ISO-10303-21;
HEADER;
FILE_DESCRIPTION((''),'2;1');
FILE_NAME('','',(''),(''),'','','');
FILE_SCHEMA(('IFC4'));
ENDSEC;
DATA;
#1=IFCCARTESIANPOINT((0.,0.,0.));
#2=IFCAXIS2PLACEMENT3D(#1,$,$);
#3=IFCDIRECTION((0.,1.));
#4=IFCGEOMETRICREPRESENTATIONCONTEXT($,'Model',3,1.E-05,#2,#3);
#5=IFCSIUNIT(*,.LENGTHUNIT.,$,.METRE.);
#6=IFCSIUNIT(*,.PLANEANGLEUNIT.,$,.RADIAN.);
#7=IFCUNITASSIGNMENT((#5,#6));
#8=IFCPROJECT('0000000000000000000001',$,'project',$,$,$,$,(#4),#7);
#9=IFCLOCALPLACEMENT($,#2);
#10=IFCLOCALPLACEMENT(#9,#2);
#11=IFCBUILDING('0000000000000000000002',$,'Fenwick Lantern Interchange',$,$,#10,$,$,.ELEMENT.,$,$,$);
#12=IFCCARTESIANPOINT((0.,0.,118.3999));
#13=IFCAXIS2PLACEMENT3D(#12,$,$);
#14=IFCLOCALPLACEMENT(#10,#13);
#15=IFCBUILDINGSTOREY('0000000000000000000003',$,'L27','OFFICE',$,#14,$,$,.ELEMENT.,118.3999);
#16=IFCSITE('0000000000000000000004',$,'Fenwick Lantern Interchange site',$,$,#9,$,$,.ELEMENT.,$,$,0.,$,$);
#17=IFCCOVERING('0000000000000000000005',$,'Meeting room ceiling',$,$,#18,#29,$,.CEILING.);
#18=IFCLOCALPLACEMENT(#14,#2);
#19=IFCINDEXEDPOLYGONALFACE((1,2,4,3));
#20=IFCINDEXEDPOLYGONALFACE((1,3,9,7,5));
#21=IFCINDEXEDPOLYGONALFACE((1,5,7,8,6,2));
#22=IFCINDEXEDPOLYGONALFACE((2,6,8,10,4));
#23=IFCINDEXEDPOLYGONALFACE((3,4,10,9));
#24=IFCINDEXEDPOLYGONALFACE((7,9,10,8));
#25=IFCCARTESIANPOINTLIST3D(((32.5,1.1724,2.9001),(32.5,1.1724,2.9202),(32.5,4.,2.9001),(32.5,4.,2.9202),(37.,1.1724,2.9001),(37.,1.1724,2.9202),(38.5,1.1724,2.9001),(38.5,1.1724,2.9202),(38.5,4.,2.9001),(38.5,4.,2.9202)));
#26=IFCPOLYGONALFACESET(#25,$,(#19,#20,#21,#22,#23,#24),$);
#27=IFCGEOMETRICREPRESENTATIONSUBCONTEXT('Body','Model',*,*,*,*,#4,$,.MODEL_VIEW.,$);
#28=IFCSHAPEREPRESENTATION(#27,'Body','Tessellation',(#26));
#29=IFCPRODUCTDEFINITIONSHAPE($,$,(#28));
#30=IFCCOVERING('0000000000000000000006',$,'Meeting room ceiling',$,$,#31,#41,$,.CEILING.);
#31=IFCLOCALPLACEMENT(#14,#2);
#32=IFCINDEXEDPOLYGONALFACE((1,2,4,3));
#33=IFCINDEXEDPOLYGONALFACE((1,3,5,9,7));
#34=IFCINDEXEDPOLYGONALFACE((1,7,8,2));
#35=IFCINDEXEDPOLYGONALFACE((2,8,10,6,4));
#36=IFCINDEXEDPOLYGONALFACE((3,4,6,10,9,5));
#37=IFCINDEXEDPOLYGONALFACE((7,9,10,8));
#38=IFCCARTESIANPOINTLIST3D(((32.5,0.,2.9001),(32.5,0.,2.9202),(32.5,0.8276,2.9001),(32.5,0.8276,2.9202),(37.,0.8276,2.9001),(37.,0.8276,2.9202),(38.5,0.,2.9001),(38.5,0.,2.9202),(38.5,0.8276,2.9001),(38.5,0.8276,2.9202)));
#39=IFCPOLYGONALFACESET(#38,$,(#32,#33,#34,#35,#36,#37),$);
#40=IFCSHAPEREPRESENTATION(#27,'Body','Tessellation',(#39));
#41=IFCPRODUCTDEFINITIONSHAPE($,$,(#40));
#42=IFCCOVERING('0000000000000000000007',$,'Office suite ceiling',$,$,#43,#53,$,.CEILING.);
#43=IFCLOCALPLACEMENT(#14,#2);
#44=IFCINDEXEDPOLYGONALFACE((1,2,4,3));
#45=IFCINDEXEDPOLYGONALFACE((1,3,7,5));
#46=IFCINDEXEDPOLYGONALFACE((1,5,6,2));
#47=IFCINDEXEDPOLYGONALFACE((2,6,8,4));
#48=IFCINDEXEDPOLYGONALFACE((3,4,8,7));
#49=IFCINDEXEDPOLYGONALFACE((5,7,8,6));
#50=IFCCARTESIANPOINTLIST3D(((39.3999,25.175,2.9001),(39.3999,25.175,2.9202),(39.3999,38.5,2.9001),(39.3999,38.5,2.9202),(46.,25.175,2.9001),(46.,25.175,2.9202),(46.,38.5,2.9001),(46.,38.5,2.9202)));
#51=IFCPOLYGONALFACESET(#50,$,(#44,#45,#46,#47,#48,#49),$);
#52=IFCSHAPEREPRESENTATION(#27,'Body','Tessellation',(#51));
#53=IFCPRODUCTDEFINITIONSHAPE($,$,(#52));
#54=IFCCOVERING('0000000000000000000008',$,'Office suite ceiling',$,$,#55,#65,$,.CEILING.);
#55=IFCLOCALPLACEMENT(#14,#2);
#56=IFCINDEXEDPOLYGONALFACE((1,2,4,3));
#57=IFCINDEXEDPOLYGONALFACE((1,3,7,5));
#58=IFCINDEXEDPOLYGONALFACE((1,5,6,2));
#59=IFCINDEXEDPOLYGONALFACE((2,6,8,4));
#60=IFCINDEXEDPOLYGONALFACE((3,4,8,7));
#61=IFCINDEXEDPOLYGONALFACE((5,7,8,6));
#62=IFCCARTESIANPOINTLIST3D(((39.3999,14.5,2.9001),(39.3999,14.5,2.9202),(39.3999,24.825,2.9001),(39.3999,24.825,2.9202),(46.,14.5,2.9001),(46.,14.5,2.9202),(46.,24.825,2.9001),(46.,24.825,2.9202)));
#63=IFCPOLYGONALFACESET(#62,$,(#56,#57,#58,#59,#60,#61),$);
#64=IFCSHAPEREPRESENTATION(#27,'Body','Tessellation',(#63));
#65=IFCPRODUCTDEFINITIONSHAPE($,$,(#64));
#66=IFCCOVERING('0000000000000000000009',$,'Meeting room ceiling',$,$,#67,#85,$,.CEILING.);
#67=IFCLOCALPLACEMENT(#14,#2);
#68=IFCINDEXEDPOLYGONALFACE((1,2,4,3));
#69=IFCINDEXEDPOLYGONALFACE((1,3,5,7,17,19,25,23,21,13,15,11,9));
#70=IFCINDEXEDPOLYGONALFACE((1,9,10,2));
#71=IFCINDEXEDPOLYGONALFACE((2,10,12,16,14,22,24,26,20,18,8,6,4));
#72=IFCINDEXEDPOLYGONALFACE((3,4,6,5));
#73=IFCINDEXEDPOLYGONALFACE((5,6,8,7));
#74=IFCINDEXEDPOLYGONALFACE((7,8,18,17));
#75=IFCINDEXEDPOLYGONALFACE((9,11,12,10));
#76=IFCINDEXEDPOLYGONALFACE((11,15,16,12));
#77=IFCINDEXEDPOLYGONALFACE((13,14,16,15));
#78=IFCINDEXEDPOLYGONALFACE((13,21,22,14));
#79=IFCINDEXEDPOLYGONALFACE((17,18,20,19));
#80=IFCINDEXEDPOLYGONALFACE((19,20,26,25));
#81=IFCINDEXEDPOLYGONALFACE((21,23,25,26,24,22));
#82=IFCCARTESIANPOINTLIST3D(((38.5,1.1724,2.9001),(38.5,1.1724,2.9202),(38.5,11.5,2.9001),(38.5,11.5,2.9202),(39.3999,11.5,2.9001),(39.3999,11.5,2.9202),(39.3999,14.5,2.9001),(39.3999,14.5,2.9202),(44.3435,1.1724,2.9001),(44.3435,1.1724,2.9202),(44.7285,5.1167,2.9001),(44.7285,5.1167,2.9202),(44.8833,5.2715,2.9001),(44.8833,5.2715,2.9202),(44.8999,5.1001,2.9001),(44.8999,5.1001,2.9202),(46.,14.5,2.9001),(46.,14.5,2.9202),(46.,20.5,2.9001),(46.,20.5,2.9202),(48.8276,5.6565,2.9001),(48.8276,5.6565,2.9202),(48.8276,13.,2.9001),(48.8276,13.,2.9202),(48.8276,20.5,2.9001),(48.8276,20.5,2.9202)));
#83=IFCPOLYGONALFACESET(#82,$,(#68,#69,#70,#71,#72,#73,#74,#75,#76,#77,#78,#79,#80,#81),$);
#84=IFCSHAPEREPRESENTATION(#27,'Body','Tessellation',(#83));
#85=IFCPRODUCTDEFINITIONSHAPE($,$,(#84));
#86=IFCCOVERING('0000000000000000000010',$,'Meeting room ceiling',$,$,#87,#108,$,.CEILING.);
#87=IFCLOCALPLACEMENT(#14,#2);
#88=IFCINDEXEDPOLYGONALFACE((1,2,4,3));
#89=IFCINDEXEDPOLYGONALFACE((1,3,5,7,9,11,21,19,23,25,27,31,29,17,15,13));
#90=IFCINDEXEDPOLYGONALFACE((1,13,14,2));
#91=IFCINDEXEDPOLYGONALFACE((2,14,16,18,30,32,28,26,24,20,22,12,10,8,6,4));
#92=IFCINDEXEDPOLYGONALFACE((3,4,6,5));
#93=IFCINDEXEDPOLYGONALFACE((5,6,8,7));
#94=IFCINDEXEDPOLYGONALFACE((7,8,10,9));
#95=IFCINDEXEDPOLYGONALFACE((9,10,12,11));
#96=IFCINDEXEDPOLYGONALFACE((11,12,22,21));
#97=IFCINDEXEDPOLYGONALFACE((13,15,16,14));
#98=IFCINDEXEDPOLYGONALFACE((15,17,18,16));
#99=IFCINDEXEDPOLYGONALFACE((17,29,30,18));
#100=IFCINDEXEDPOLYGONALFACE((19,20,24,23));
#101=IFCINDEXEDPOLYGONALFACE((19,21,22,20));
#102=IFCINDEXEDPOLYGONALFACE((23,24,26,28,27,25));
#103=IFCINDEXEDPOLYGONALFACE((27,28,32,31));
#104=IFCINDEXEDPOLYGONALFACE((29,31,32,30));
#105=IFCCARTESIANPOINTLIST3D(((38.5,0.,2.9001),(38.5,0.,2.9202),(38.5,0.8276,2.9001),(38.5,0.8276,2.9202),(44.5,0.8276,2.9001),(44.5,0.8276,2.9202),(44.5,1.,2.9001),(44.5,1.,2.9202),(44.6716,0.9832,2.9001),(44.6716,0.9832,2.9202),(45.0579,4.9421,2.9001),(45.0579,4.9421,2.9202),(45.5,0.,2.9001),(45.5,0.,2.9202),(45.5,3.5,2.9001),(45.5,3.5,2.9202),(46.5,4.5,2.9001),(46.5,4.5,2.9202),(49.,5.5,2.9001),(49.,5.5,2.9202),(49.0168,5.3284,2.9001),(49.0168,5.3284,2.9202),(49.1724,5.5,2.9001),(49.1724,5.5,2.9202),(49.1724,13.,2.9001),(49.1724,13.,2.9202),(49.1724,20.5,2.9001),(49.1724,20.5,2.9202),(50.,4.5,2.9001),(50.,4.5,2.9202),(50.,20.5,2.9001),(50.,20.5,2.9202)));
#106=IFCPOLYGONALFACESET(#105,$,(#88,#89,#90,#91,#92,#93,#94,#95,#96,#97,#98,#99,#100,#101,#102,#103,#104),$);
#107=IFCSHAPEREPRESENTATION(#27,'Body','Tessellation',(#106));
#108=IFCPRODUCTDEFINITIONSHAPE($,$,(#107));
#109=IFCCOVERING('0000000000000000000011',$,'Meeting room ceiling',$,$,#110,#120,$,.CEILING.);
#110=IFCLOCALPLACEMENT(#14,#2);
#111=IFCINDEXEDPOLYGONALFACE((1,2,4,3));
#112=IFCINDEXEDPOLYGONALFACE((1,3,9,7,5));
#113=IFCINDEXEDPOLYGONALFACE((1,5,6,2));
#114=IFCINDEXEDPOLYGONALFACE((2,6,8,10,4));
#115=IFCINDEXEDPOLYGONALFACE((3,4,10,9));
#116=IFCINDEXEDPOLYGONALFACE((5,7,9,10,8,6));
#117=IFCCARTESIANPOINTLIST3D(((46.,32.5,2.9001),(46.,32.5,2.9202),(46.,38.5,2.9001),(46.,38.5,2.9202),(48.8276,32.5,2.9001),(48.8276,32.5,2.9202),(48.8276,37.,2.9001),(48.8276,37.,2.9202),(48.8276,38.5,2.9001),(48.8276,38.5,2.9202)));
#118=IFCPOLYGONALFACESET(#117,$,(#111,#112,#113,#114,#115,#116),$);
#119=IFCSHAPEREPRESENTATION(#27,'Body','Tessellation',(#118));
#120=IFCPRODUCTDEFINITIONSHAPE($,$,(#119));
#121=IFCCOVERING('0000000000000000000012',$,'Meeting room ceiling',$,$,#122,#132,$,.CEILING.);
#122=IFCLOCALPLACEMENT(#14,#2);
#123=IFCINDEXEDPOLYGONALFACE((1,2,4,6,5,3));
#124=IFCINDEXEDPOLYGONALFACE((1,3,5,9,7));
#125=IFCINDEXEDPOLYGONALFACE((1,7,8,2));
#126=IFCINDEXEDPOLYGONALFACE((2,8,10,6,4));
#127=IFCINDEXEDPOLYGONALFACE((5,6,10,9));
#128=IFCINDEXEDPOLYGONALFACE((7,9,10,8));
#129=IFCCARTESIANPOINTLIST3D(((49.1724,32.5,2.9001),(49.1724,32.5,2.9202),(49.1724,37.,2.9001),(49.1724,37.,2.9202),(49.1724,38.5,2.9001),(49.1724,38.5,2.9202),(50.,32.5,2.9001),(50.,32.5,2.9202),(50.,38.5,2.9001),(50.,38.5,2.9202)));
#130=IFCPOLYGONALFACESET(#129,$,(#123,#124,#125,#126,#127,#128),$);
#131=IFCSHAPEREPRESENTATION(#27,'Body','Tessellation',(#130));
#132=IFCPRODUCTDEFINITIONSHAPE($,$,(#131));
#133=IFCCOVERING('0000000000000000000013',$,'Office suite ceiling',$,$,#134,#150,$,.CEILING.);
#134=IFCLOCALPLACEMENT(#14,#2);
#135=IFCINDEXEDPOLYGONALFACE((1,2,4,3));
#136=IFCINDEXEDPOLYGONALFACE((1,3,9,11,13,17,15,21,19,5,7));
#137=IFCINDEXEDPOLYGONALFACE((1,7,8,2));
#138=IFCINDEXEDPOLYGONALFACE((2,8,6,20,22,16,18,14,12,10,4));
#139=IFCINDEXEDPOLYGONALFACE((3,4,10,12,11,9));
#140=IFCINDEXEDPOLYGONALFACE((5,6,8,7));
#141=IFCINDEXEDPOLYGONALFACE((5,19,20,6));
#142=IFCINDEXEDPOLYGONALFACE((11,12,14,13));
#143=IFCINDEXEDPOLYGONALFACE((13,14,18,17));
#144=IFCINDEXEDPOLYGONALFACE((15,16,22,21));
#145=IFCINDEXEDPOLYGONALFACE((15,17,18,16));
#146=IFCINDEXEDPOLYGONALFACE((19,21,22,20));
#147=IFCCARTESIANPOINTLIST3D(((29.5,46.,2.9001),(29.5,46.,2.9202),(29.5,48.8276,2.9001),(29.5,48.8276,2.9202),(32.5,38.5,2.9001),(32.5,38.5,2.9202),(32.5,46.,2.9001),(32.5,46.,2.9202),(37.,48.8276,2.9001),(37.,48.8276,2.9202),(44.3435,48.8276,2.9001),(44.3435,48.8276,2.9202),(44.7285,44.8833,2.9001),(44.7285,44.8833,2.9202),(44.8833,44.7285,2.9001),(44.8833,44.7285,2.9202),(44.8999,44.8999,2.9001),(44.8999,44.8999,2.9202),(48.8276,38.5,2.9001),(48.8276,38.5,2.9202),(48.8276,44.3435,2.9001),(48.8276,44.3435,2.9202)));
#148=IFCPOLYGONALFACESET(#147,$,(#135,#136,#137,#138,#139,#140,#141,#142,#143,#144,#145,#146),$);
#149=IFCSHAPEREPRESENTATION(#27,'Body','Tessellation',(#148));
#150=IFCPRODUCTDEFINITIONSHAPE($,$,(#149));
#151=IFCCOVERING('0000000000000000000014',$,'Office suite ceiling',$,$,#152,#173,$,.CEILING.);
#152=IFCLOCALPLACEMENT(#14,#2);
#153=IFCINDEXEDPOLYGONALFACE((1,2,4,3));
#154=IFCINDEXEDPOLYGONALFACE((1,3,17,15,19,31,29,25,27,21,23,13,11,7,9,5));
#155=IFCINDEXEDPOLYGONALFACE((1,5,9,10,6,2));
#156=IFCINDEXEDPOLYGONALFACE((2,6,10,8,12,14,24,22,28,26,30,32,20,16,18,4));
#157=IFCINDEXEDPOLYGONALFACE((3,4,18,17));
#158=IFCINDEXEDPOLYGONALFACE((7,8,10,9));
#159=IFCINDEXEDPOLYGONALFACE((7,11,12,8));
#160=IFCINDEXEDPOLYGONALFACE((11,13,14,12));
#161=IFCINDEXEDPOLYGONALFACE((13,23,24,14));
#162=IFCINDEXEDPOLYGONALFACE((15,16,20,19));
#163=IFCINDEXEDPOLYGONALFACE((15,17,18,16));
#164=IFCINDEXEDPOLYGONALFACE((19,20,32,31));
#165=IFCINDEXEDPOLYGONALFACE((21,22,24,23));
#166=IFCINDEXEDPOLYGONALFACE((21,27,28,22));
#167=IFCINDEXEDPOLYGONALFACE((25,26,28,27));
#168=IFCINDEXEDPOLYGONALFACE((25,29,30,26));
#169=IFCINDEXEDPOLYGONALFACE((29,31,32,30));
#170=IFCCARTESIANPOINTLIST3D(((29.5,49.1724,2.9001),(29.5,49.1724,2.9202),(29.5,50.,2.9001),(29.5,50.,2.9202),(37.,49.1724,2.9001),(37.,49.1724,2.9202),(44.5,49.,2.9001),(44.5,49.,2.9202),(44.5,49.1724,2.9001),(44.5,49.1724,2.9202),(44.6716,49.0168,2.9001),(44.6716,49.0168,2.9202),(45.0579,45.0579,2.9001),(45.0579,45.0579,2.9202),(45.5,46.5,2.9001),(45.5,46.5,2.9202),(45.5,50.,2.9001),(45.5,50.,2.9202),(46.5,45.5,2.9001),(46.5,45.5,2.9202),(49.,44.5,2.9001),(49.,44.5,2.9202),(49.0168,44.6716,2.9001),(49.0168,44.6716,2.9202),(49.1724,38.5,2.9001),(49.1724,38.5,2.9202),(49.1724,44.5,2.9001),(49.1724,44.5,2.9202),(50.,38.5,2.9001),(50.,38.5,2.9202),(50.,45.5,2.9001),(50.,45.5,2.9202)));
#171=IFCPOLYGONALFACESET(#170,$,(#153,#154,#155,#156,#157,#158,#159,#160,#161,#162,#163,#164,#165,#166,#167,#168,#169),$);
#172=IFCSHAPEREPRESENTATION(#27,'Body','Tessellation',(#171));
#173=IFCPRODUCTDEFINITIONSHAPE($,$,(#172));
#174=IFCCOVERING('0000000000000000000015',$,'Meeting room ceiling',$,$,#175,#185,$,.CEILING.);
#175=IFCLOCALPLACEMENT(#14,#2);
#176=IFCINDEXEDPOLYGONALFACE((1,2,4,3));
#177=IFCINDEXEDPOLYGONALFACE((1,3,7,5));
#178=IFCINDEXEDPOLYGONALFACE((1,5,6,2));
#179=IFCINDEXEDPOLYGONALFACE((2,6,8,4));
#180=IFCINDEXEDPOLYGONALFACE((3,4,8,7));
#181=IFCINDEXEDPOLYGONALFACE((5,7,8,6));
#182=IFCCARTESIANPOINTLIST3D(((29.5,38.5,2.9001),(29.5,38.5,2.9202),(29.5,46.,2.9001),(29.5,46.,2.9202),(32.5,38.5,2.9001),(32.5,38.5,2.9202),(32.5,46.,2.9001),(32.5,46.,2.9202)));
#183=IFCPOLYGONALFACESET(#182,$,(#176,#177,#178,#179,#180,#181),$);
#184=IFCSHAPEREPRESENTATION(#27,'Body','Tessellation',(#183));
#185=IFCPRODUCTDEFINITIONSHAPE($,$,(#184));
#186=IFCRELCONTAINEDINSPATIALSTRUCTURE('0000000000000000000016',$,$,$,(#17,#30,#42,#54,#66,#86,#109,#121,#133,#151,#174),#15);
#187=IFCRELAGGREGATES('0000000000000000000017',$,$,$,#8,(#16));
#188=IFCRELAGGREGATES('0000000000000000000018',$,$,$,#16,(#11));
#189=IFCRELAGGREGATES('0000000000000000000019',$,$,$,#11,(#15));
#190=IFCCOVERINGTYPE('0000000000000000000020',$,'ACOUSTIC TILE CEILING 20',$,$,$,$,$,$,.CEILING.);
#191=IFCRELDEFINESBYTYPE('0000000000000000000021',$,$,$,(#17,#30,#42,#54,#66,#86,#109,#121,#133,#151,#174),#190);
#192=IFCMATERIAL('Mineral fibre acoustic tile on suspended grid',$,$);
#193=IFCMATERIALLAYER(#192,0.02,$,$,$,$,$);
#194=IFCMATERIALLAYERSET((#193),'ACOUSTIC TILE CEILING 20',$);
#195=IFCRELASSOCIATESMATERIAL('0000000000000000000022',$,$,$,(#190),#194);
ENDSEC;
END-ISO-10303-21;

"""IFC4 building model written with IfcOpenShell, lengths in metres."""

from ifc_helpers import new_model, si_unit, direction, frame, origin, place, context, subcontext, project, spatial, polyline, outline, extrude, material, layer, layer_set, type_object, element, save


model = new_model("IFC4")

# Units and contexts
model_context = context("Model", 3, precision=1e-05, world=origin(), true_north=direction((0.0, 1.0)))
body_context = subcontext(model_context, "Body", "Model", "MODEL_VIEW")
ifc_project = project(units=[si_unit("LENGTHUNIT", "METRE"), si_unit("PLANEANGLEUNIT", "RADIAN")], contexts=[model_context])

# Site, building, storey
site_placement = place(None, origin())
site = spatial("IfcSite", under=ifc_project, at=site_placement, Name="Fenwick Lantern Interchange site", CompositionType="ELEMENT", RefElevation=0.0)
building_placement = place(site_placement, origin())
building = spatial("IfcBuilding", under=site, at=building_placement, Name="Fenwick Lantern Interchange", CompositionType="ELEMENT")
storey_placement = place(building_placement, frame((0.0, 0.0, 118.3999)))
storey = spatial("IfcBuildingStorey", under=building, at=storey_placement, Name="L27", Description="OFFICE", CompositionType="ELEMENT", Elevation=118.3999)

# Coverings
ifc_material = material(Name="Mineral fibre acoustic tile on suspended grid")
ifc_layer = layer(ifc_material, 0.02)
ifc_layer_set = layer_set([ifc_layer], Name="ACOUSTIC TILE CEILING 20")
covering_type = type_object("IfcCoveringType", Name="ACOUSTIC TILE CEILING 20", PredefinedType="CEILING", material=ifc_layer_set)
covering_1_placement = place(storey_placement, frame((0.0, 0.0, 2.9001)))
element("IfcCovering", 1, at=covering_1_placement, inside=storey, type_object=covering_type, Name="Meeting room ceiling", PredefinedType="CEILING", context=body_context, shape_type="SweptSolid", body=[
    extrude(outline(polyline([(32.5, 4.0), (32.5, 1.1724), (37.0, 1.1724), (38.5, 1.1724), (38.5, 4.0), (32.5, 4.0)])), origin(), (0.0, 0.0, 1.0), 0.02),
])
covering_2_placement = place(storey_placement, frame((0.0, 0.0, 2.9001)))
element("IfcCovering", 2, at=covering_2_placement, inside=storey, type_object=covering_type, Name="Meeting room ceiling", PredefinedType="CEILING", context=body_context, shape_type="SweptSolid", body=[
    extrude(outline(polyline([(38.5, 0.0), (38.5, 0.8276), (37.0, 0.8276), (32.5, 0.8276), (32.5, 0.0), (38.5, 0.0)])), origin(), (0.0, 0.0, 1.0), 0.02),
])
covering_3_placement = place(storey_placement, frame((0.0, 0.0, 2.9001)))
element("IfcCovering", 3, at=covering_3_placement, inside=storey, type_object=covering_type, Name="Office suite ceiling", PredefinedType="CEILING", context=body_context, shape_type="SweptSolid", body=[
    extrude(outline(polyline([(39.3999, 38.5), (39.3999, 25.175), (46.0, 25.175), (46.0, 38.5), (39.3999, 38.5)])), origin(), (0.0, 0.0, 1.0), 0.02),
])
covering_4_placement = place(storey_placement, frame((0.0, 0.0, 2.9001)))
element("IfcCovering", 4, at=covering_4_placement, inside=storey, type_object=covering_type, Name="Office suite ceiling", PredefinedType="CEILING", context=body_context, shape_type="SweptSolid", body=[
    extrude(outline(polyline([(39.3999, 24.825), (39.3999, 14.5), (46.0, 14.5), (46.0, 24.825), (39.3999, 24.825)])), origin(), (0.0, 0.0, 1.0), 0.02),
])
covering_5_placement = place(storey_placement, frame((0.0, 0.0, 2.9001)))
element("IfcCovering", 5, at=covering_5_placement, inside=storey, type_object=covering_type, Name="Meeting room ceiling", PredefinedType="CEILING", context=body_context, shape_type="SweptSolid", body=[
    extrude(outline(polyline([(48.8276, 20.5), (46.0, 20.5), (46.0, 14.5), (39.3999, 14.5), (39.3999, 11.5), (38.5, 11.5), (38.5, 1.1724), (44.3435, 1.1724), (44.7285, 5.1167), (44.8999, 5.1001), (44.8833, 5.2715), (48.8276, 5.6565), (48.8276, 13.0), (48.8276, 20.5)])), origin(), (0.0, 0.0, 1.0), 0.02),
])
covering_6_placement = place(storey_placement, frame((0.0, 0.0, 2.9001)))
element("IfcCovering", 6, at=covering_6_placement, inside=storey, type_object=covering_type, Name="Meeting room ceiling", PredefinedType="CEILING", context=body_context, shape_type="SweptSolid", body=[
    extrude(outline(polyline([(50.0, 20.5), (49.1724, 20.5), (49.1724, 13.0), (49.1724, 5.5), (49.0, 5.5), (49.0168, 5.3284), (45.0579, 4.9421), (44.6716, 0.9832), (44.5, 1.0), (44.5, 0.8276), (38.5, 0.8276), (38.5, 0.0), (45.5, 0.0), (45.5, 3.5), (46.5, 4.5), (50.0, 4.5), (50.0, 20.5)])), origin(), (0.0, 0.0, 1.0), 0.02),
])
covering_7_placement = place(storey_placement, frame((0.0, 0.0, 2.9001)))
element("IfcCovering", 7, at=covering_7_placement, inside=storey, type_object=covering_type, Name="Meeting room ceiling", PredefinedType="CEILING", context=body_context, shape_type="SweptSolid", body=[
    extrude(outline(polyline([(46.0, 32.5), (48.8276, 32.5), (48.8276, 37.0), (48.8276, 38.5), (46.0, 38.5), (46.0, 32.5)])), origin(), (0.0, 0.0, 1.0), 0.02),
])
covering_8_placement = place(storey_placement, frame((0.0, 0.0, 2.9001)))
element("IfcCovering", 8, at=covering_8_placement, inside=storey, type_object=covering_type, Name="Meeting room ceiling", PredefinedType="CEILING", context=body_context, shape_type="SweptSolid", body=[
    extrude(outline(polyline([(50.0, 38.5), (49.1724, 38.5), (49.1724, 37.0), (49.1724, 32.5), (50.0, 32.5), (50.0, 38.5)])), origin(), (0.0, 0.0, 1.0), 0.02),
])
covering_9_placement = place(storey_placement, frame((0.0, 0.0, 2.9001)))
element("IfcCovering", 9, at=covering_9_placement, inside=storey, type_object=covering_type, Name="Office suite ceiling", PredefinedType="CEILING", context=body_context, shape_type="SweptSolid", body=[
    extrude(outline(polyline([(29.5, 48.8276), (29.5, 46.0), (32.5, 46.0), (32.5, 38.5), (48.8276, 38.5), (48.8276, 44.3435), (44.8833, 44.7285), (44.8999, 44.8999), (44.7285, 44.8833), (44.3435, 48.8276), (37.0, 48.8276), (29.5, 48.8276)])), origin(), (0.0, 0.0, 1.0), 0.02),
])
covering_10_placement = place(storey_placement, frame((0.0, 0.0, 2.9001)))
element("IfcCovering", 10, at=covering_10_placement, inside=storey, type_object=covering_type, Name="Office suite ceiling", PredefinedType="CEILING", context=body_context, shape_type="SweptSolid", body=[
    extrude(outline(polyline([(29.5, 50.0), (29.5, 49.1724), (37.0, 49.1724), (44.5, 49.1724), (44.5, 49.0), (44.6716, 49.0168), (45.0579, 45.0579), (49.0168, 44.6716), (49.0, 44.5), (49.1724, 44.5), (49.1724, 38.5), (50.0, 38.5), (50.0, 45.5), (46.5, 45.5), (45.5, 46.5), (45.5, 50.0), (29.5, 50.0)])), origin(), (0.0, 0.0, 1.0), 0.02),
])
covering_11_placement = place(storey_placement, frame((0.0, 0.0, 2.9001)))
element("IfcCovering", 11, at=covering_11_placement, inside=storey, type_object=covering_type, Name="Meeting room ceiling", PredefinedType="CEILING", context=body_context, shape_type="SweptSolid", body=[
    extrude(outline(polyline([(32.5, 46.0), (29.5, 46.0), (29.5, 38.5), (32.5, 38.5), (32.5, 46.0)])), origin(), (0.0, 0.0, 1.0), 0.02),
])

save(model, "model.ifc")
